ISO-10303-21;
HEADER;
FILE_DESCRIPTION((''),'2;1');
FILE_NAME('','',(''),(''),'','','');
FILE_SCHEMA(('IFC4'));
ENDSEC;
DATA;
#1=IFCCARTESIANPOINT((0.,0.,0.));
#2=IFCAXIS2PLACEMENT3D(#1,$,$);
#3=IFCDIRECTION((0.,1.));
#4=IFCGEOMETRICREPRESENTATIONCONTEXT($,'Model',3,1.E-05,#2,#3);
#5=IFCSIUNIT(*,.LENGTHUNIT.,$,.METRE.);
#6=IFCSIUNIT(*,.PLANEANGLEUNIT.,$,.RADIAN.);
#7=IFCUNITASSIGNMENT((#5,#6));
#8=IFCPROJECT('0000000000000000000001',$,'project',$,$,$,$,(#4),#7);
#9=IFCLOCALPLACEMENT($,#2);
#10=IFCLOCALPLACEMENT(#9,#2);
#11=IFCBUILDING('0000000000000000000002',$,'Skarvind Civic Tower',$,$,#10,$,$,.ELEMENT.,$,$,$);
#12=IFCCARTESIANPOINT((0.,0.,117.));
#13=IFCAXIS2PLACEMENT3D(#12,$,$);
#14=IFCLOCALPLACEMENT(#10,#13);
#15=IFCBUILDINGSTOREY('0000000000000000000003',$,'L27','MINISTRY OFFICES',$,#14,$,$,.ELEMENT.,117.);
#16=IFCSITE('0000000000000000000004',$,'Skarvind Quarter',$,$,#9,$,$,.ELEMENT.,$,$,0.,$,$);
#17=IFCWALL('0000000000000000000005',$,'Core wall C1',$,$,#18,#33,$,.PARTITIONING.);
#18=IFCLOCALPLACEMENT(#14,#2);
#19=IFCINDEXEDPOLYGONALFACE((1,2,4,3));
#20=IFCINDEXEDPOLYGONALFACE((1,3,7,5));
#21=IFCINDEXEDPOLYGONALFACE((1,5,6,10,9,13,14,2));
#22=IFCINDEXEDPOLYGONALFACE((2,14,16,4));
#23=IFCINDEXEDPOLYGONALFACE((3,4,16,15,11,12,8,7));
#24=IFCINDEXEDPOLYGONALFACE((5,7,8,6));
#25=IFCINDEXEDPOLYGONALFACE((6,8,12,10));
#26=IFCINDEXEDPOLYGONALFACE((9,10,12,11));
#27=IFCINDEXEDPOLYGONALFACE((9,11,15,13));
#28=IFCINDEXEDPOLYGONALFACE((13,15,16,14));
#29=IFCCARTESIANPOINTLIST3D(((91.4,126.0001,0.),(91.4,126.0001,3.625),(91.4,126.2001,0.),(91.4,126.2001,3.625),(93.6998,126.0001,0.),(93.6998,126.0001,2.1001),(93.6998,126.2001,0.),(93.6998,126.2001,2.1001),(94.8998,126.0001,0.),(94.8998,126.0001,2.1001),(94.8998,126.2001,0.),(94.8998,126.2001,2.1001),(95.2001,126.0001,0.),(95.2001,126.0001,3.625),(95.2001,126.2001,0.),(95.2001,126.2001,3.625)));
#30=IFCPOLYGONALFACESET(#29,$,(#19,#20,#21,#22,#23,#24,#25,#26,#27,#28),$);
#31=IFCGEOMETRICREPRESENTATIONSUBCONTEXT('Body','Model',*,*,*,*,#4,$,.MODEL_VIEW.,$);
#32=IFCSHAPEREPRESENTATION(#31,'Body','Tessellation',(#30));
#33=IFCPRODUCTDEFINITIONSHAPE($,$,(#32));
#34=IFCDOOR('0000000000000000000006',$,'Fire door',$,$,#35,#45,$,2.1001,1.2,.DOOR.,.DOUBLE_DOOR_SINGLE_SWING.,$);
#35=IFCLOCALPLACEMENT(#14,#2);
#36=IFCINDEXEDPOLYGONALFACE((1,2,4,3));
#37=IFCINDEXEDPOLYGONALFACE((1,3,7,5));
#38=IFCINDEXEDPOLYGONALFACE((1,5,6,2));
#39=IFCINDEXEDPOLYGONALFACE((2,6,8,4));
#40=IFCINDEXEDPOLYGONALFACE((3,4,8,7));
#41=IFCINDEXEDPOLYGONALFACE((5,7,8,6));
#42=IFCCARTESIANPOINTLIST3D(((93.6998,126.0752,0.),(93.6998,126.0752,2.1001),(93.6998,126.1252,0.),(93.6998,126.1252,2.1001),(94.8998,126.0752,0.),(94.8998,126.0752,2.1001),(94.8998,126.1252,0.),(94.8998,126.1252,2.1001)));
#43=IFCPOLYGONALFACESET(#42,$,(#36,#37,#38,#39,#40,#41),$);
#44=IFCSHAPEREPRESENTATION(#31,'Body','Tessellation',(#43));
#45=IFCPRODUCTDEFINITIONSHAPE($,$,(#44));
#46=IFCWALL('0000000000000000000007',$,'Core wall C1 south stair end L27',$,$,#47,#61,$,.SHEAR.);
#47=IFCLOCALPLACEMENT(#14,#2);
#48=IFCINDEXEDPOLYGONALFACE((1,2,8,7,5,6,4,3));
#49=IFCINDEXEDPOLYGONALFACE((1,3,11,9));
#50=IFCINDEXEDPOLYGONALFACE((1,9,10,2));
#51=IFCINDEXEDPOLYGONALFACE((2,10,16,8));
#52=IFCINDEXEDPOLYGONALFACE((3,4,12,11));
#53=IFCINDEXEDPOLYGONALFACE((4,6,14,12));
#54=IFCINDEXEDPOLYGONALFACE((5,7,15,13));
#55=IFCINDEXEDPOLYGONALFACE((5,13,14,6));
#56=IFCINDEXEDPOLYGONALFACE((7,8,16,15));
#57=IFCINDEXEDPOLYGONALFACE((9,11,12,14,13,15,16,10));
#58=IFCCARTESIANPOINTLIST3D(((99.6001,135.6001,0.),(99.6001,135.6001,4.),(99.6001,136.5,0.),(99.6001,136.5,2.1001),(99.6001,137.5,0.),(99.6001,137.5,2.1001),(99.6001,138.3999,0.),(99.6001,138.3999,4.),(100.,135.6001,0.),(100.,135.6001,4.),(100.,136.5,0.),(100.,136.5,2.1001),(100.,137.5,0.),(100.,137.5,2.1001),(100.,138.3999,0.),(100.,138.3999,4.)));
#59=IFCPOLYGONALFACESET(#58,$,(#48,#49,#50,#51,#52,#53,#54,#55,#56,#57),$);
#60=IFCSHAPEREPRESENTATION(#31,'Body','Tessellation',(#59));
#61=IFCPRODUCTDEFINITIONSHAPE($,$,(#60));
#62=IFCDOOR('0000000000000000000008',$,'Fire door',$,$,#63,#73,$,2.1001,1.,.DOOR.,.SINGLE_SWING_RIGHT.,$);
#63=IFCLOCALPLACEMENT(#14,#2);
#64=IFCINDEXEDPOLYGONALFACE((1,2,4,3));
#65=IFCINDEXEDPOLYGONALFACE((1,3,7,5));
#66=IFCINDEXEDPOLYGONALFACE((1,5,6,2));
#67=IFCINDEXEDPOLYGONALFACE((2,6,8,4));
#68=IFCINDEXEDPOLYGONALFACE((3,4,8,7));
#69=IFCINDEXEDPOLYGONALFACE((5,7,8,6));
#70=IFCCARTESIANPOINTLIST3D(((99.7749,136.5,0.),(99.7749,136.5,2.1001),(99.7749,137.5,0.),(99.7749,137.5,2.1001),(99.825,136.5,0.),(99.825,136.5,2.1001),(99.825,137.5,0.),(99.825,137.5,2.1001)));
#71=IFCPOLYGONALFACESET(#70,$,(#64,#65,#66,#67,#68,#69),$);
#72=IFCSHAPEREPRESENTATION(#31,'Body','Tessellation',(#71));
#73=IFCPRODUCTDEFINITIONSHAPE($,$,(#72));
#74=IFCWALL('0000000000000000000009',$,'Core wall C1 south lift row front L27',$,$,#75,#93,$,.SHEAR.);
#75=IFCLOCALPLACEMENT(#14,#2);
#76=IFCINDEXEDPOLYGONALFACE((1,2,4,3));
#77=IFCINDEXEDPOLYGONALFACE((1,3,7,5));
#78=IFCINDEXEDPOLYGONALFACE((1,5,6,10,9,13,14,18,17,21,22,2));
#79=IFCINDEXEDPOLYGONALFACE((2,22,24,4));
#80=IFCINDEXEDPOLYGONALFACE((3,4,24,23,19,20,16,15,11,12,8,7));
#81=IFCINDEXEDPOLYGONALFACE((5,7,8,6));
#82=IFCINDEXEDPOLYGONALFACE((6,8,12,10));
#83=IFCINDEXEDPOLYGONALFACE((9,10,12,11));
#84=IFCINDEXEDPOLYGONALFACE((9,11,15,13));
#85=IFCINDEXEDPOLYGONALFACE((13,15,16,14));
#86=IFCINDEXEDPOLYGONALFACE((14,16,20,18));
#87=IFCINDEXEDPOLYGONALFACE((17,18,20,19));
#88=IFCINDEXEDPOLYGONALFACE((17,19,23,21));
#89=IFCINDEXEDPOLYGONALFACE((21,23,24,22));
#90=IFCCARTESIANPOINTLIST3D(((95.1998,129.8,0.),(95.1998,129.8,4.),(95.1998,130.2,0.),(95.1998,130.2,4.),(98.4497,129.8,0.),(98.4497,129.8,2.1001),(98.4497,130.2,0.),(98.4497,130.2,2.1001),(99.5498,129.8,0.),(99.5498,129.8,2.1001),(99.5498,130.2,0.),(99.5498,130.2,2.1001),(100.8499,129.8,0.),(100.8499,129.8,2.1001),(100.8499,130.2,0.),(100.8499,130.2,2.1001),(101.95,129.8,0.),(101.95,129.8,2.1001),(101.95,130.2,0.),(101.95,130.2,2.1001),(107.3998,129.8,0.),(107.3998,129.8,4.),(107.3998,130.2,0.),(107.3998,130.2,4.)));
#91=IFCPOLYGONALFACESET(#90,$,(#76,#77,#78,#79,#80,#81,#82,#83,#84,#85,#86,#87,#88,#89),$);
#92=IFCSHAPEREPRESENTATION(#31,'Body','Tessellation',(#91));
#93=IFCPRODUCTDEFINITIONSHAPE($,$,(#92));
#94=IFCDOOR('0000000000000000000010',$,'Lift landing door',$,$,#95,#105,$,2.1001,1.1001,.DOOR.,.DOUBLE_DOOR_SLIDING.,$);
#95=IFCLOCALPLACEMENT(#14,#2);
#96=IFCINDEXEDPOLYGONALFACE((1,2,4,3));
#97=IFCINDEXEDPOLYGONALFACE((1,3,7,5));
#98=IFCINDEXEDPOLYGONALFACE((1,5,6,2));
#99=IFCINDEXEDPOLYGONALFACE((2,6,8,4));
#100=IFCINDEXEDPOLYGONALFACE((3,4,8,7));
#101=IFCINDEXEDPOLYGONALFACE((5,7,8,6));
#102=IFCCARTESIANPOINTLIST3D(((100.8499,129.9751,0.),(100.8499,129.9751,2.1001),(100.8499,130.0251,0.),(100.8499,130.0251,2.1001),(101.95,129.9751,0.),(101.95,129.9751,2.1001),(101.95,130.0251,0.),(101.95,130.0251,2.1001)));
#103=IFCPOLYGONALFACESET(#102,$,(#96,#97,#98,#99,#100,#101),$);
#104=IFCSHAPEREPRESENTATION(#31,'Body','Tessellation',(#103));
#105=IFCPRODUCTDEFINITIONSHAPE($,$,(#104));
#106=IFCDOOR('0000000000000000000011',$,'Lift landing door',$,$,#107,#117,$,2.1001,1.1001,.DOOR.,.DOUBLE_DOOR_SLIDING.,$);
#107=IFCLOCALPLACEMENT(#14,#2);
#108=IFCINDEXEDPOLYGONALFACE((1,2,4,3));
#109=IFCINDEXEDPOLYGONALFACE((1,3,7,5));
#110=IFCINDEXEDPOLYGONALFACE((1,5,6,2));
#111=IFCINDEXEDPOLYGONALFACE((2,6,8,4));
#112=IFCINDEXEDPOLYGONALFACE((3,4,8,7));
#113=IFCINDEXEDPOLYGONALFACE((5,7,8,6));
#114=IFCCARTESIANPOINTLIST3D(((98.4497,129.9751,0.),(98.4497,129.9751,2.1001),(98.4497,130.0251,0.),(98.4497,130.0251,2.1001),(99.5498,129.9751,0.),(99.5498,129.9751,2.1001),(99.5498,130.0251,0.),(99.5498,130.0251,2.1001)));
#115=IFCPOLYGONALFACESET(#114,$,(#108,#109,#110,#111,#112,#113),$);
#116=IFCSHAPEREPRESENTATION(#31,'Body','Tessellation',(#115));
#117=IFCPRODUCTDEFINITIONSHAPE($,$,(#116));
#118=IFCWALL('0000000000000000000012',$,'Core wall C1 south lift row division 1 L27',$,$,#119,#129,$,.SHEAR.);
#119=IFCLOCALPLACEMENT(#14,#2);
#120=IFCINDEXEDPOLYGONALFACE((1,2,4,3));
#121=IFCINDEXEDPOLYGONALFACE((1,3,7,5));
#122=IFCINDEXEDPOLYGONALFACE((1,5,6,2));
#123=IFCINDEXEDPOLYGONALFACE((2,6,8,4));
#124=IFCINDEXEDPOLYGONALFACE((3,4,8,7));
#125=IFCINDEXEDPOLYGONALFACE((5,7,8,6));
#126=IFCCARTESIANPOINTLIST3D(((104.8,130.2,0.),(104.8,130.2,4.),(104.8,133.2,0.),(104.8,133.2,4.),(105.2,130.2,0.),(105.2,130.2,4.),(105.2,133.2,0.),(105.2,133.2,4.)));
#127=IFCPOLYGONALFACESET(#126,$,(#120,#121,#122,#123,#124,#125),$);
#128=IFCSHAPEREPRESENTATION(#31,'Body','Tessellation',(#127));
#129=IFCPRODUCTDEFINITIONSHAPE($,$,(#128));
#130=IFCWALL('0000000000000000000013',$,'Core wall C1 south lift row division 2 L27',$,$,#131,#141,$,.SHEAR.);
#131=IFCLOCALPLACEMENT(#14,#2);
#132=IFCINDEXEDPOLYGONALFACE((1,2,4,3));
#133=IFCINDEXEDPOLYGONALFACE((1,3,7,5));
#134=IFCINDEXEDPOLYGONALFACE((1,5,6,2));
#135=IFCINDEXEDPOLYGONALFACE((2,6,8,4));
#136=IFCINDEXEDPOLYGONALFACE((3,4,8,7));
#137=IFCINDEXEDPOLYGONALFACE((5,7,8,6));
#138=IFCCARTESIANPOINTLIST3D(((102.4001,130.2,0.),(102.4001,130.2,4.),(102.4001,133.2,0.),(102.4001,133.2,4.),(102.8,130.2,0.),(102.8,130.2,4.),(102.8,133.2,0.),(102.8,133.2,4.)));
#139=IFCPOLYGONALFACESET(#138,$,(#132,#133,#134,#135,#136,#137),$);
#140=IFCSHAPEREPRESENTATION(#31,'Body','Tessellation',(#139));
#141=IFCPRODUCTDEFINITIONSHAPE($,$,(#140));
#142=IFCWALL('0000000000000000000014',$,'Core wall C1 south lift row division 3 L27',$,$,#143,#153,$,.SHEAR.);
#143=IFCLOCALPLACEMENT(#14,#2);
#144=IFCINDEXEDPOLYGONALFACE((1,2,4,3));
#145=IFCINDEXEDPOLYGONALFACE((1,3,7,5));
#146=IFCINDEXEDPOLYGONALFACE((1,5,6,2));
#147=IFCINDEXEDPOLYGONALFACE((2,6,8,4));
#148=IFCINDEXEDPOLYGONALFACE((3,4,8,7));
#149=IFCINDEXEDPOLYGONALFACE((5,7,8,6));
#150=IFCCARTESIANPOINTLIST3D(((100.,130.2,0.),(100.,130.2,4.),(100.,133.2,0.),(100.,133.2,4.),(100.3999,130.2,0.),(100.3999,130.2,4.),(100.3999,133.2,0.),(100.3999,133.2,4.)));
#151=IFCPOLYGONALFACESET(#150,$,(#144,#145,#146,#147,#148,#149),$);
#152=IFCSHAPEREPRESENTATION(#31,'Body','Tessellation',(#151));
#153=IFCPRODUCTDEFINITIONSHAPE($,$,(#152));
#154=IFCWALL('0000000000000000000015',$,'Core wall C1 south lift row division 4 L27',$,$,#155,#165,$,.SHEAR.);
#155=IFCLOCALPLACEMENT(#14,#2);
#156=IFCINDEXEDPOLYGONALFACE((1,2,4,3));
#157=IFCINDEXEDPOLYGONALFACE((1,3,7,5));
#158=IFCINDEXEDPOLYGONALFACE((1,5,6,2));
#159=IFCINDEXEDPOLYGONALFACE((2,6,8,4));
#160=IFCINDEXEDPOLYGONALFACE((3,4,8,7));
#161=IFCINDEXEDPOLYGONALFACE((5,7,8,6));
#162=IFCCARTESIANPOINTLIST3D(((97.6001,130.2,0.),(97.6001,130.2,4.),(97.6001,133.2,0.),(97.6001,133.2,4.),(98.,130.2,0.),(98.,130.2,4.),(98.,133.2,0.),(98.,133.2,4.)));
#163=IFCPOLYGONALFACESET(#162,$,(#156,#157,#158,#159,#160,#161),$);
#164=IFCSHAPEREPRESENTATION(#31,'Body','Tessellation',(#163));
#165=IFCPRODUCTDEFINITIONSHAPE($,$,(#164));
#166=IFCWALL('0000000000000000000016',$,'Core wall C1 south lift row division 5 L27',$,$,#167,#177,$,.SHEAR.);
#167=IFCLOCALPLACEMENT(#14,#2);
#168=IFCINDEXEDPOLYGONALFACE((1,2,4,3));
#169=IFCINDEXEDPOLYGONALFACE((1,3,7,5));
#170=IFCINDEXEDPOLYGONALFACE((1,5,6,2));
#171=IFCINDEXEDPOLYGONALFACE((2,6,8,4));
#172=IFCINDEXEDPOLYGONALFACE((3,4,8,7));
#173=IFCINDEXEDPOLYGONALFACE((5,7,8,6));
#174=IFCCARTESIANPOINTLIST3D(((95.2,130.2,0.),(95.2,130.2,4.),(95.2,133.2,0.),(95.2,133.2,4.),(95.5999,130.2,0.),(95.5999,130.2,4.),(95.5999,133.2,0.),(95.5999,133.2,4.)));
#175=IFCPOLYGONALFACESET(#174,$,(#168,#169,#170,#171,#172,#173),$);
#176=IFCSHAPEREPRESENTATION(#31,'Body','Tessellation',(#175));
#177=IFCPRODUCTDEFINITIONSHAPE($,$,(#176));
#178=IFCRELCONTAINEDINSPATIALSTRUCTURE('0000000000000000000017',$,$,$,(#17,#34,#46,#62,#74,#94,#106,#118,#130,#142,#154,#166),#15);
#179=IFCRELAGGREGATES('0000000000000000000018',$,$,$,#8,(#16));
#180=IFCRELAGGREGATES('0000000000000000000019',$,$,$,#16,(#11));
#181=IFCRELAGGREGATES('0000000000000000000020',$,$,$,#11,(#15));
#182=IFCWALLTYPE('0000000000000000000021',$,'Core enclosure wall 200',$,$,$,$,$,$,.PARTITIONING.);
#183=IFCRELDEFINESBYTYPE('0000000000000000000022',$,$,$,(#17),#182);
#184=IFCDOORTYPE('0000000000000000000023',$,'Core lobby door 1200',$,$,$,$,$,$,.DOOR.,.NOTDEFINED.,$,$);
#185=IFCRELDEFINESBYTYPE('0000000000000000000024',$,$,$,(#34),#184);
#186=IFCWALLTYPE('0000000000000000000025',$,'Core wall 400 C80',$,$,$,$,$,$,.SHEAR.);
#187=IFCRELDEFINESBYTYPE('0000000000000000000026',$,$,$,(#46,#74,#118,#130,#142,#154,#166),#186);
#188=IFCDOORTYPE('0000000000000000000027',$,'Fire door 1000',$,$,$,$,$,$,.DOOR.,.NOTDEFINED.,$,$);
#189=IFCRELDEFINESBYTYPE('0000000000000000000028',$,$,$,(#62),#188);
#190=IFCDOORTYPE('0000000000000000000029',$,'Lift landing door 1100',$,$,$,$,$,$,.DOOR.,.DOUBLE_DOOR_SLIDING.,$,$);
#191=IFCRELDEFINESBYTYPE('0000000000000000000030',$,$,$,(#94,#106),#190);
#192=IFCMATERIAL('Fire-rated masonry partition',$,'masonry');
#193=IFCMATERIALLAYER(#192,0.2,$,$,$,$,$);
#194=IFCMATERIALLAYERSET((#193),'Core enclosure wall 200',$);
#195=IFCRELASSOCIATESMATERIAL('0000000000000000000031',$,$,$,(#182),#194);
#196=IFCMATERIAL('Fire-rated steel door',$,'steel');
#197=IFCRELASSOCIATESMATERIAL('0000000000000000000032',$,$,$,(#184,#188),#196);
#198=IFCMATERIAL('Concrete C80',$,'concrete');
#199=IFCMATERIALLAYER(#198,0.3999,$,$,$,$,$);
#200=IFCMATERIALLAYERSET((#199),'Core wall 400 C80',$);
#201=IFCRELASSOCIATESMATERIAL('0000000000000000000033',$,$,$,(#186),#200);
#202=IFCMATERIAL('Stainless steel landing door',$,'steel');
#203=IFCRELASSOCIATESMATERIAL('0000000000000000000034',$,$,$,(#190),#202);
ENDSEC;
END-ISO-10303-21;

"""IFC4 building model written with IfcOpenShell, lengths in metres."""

from ifc_helpers import new_model, si_unit, direction, frame, frame_2d, origin, place, context, subcontext, project, spatial, rectangle, extrude, material, layer, layer_set, type_object, element, fill, save


model = new_model("IFC4")

# Units and contexts
model_context = context("Model", 3, precision=1e-05, world=origin(), true_north=direction((0.0, 1.0)))
body_context = subcontext(model_context, "Body", "Model", "MODEL_VIEW")
ifc_project = project(units=[si_unit("LENGTHUNIT", "METRE"), si_unit("PLANEANGLEUNIT", "RADIAN")], contexts=[model_context])

# Site, building, storey
site_placement = place(None, origin())
site = spatial("IfcSite", under=ifc_project, at=site_placement, Name="Skarvind Quarter", CompositionType="ELEMENT", RefElevation=0.0)
building_placement = place(site_placement, origin())
building = spatial("IfcBuilding", under=site, at=building_placement, Name="Skarvind Civic Tower", CompositionType="ELEMENT")
storey_placement = place(building_placement, frame((0.0, 0.0, 117.0)))
storey = spatial("IfcBuildingStorey", under=building, at=storey_placement, Name="L27", Description="MINISTRY OFFICES", CompositionType="ELEMENT", Elevation=117.0)

# Walls, openings, doors
ifc_material_1 = material(Name="Fire-rated masonry partition", Category="masonry")
ifc_layer_1 = layer(ifc_material_1, 0.2)
ifc_layer_set_1 = layer_set([ifc_layer_1], Name="Core enclosure wall 200")
wall_type_1 = type_object("IfcWallType", Name="Core enclosure wall 200", PredefinedType="PARTITIONING", material=ifc_layer_set_1)
wall_1_placement = place(storey_placement, frame((95.2, 126.1001, 0.0), z_axis=(0.0, 0.0, 1.0), x_axis=(-1.0, 0.0, 0.0)))
wall_1 = element("IfcWall", 1, at=wall_1_placement, inside=storey, type_object=wall_type_1, Name="Core wall C1", PredefinedType="PARTITIONING", context=body_context, shape_type="SweptSolid", body=[
    extrude(rectangle(XDim=3.8, YDim=0.2, at=frame_2d((1.8999, 0.0))), origin(), (0.0, 0.0, 1.0), 3.625),
])
opening_1_placement = place(wall_1_placement, frame((0.3, 0.0, 0.0)))
opening_1 = element("IfcOpeningElement", 2, at=opening_1_placement, cuts=wall_1, PredefinedType="OPENING", context=body_context, shape_type="SweptSolid", body=[
    extrude(rectangle(XDim=1.2, YDim=2.1001, at=frame_2d((0.6001, 1.05))), frame((0.0, 0.1099, 0.0), z_axis=(0.0, -1.0, 0.0), x_axis=(1.0, 0.0, 0.0)), (0.0, 0.0, 1.0), 0.22),
])
ifc_material_2 = material(Name="Fire-rated steel door", Category="steel")
door_type_1 = type_object("IfcDoorType", Name="Core lobby door 1200", OperationType="NOTDEFINED", PredefinedType="DOOR", material=ifc_material_2)
door_1_placement = place(opening_1_placement, origin())
door_1 = element("IfcDoor", 3, at=door_1_placement, inside=storey, type_object=door_type_1, Name="Fire door", OperationType="DOUBLE_DOOR_SINGLE_SWING", OverallHeight=2.1001, OverallWidth=1.2, PredefinedType="DOOR", context=body_context, shape_type="SweptSolid", body=[
    extrude(rectangle(XDim=1.2, YDim=2.1001, at=frame_2d((0.6001, 1.05))), frame((0.0, 0.0249, 0.0), z_axis=(0.0, -1.0, 0.0), x_axis=(1.0, 0.0, 0.0)), (0.0, 0.0, 1.0), 0.05),
])
fill(opening_1, door_1)
ifc_material_3 = material(Name="Concrete C80", Category="concrete")
ifc_layer_2 = layer(ifc_material_3, 0.3999)
ifc_layer_set_2 = layer_set([ifc_layer_2], Name="Core wall 400 C80")
wall_type_2 = type_object("IfcWallType", Name="Core wall 400 C80", PredefinedType="SHEAR", material=ifc_layer_set_2)
wall_2_placement = place(storey_placement, frame((99.8, 138.3999, 0.0), z_axis=(0.0, 0.0, 1.0), x_axis=(0.0, -1.0, 0.0)))
wall_2 = element("IfcWall", 4, at=wall_2_placement, inside=storey, type_object=wall_type_2, Name="Core wall C1 south stair end L27", PredefinedType="SHEAR", context=body_context, shape_type="SweptSolid", body=[
    extrude(rectangle(XDim=2.7998, YDim=0.3999, at=frame_2d((1.3999, 0.0))), origin(), (0.0, 0.0, 1.0), 4.0),
])
opening_2_placement = place(wall_2_placement, frame((0.8999, 0.0, 0.0)))
opening_2 = element("IfcOpeningElement", 5, at=opening_2_placement, cuts=wall_2, PredefinedType="OPENING", context=body_context, shape_type="SweptSolid", body=[
    extrude(rectangle(XDim=1.0, YDim=2.1001, at=frame_2d((0.5, 1.05))), frame((0.0, 0.21, 0.0), z_axis=(0.0, -1.0, 0.0), x_axis=(1.0, 0.0, 0.0)), (0.0, 0.0, 1.0), 0.4199),
])
door_type_2 = type_object("IfcDoorType", Name="Fire door 1000", OperationType="NOTDEFINED", PredefinedType="DOOR", material=ifc_material_2)
door_2_placement = place(opening_2_placement, origin())
door_2 = element("IfcDoor", 6, at=door_2_placement, inside=storey, type_object=door_type_2, Name="Fire door", OperationType="SINGLE_SWING_RIGHT", OverallHeight=2.1001, OverallWidth=1.0, PredefinedType="DOOR", context=body_context, shape_type="SweptSolid", body=[
    extrude(rectangle(XDim=1.0, YDim=2.1001, at=frame_2d((0.5, 1.05))), frame((0.0, 0.0249, 0.0), z_axis=(0.0, -1.0, 0.0), x_axis=(1.0, 0.0, 0.0)), (0.0, 0.0, 1.0), 0.05),
])
fill(opening_2, door_2)

# Wall, openings, doors
wall_3_placement = place(storey_placement, frame((107.3999, 130.0, 0.0), z_axis=(0.0, 0.0, 1.0), x_axis=(-1.0, 0.0, 0.0)))
wall_3 = element("IfcWall", 7, at=wall_3_placement, inside=storey, type_object=wall_type_2, Name="Core wall C1 south lift row front L27", PredefinedType="SHEAR", context=body_context, shape_type="SweptSolid", body=[
    extrude(rectangle(XDim=12.2, YDim=0.3999, at=frame_2d((6.1001, 0.0))), origin(), (0.0, 0.0, 1.0), 4.0),
])
opening_3_placement = place(wall_3_placement, frame((5.45, 0.0, 0.0)))
opening_3 = element("IfcOpeningElement", 8, at=opening_3_placement, cuts=wall_3, PredefinedType="OPENING", context=body_context, shape_type="SweptSolid", body=[
    extrude(rectangle(XDim=1.1001, YDim=2.1001, at=frame_2d((0.55, 1.05))), frame((0.0, 0.21, 0.0), z_axis=(0.0, -1.0, 0.0), x_axis=(1.0, 0.0, 0.0)), (0.0, 0.0, 1.0), 0.4199),
])
opening_4_placement = place(wall_3_placement, frame((7.8501, 0.0, 0.0)))
opening_4 = element("IfcOpeningElement", 9, at=opening_4_placement, cuts=wall_3, PredefinedType="OPENING", context=body_context, shape_type="SweptSolid", body=[
    extrude(rectangle(XDim=1.1001, YDim=2.1001, at=frame_2d((0.55, 1.05))), frame((0.0, 0.21, 0.0), z_axis=(0.0, -1.0, 0.0), x_axis=(1.0, 0.0, 0.0)), (0.0, 0.0, 1.0), 0.4199),
])
ifc_material_4 = material(Name="Stainless steel landing door", Category="steel")
door_type_3 = type_object("IfcDoorType", Name="Lift landing door 1100", OperationType="DOUBLE_DOOR_SLIDING", PredefinedType="DOOR", material=ifc_material_4)
door_3_placement = place(opening_3_placement, origin())
door_3 = element("IfcDoor", 10, at=door_3_placement, inside=storey, type_object=door_type_3, Name="Lift landing door", OperationType="DOUBLE_DOOR_SLIDING", OverallHeight=2.1001, OverallWidth=1.1001, PredefinedType="DOOR", context=body_context, shape_type="SweptSolid", body=[
    extrude(rectangle(XDim=1.1001, YDim=2.1001, at=frame_2d((0.55, 1.05))), frame((0.0, 0.0249, 0.0), z_axis=(0.0, -1.0, 0.0), x_axis=(1.0, 0.0, 0.0)), (0.0, 0.0, 1.0), 0.05),
])
fill(opening_3, door_3)
door_4_placement = place(opening_4_placement, origin())
door_4 = element("IfcDoor", 11, at=door_4_placement, inside=storey, type_object=door_type_3, Name="Lift landing door", OperationType="DOUBLE_DOOR_SLIDING", OverallHeight=2.1001, OverallWidth=1.1001, PredefinedType="DOOR", context=body_context, shape_type="SweptSolid", body=[
    extrude(rectangle(XDim=1.1001, YDim=2.1001, at=frame_2d((0.55, 1.05))), frame((0.0, 0.0249, 0.0), z_axis=(0.0, -1.0, 0.0), x_axis=(1.0, 0.0, 0.0)), (0.0, 0.0, 1.0), 0.05),
])
fill(opening_4, door_4)

# Walls
for number, where, z_axis, x_axis, name in (
    (12, (105.0, 133.2, 0.0), (0.0, 0.0, 1.0), (0.0, -1.0, 0.0), "Core wall C1 south lift row division 1 L27"),
    (13, (102.6001, 133.2, 0.0), (0.0, 0.0, 1.0), (0.0, -1.0, 0.0), "Core wall C1 south lift row division 2 L27"),
    (14, (100.2, 133.2, 0.0), (0.0, 0.0, 1.0), (0.0, -1.0, 0.0), "Core wall C1 south lift row division 3 L27"),
    (15, (97.8, 133.2, 0.0), (0.0, 0.0, 1.0), (0.0, -1.0, 0.0), "Core wall C1 south lift row division 4 L27"),
    (16, (95.3999, 133.2, 0.0), (0.0, 0.0, 1.0), (0.0, -1.0, 0.0), "Core wall C1 south lift row division 5 L27"),
):
    element("IfcWall", number, at=place(storey_placement, frame(where, z_axis=z_axis, x_axis=x_axis)), inside=storey, type_object=wall_type_2, Name=name, PredefinedType="SHEAR", context=body_context, shape_type="SweptSolid", body=[
        extrude(rectangle(XDim=3.0, YDim=0.3999, at=frame_2d((1.5, 0.0))), origin(), (0.0, 0.0, 1.0), 4.0),
    ])

save(model, "model.ifc")
